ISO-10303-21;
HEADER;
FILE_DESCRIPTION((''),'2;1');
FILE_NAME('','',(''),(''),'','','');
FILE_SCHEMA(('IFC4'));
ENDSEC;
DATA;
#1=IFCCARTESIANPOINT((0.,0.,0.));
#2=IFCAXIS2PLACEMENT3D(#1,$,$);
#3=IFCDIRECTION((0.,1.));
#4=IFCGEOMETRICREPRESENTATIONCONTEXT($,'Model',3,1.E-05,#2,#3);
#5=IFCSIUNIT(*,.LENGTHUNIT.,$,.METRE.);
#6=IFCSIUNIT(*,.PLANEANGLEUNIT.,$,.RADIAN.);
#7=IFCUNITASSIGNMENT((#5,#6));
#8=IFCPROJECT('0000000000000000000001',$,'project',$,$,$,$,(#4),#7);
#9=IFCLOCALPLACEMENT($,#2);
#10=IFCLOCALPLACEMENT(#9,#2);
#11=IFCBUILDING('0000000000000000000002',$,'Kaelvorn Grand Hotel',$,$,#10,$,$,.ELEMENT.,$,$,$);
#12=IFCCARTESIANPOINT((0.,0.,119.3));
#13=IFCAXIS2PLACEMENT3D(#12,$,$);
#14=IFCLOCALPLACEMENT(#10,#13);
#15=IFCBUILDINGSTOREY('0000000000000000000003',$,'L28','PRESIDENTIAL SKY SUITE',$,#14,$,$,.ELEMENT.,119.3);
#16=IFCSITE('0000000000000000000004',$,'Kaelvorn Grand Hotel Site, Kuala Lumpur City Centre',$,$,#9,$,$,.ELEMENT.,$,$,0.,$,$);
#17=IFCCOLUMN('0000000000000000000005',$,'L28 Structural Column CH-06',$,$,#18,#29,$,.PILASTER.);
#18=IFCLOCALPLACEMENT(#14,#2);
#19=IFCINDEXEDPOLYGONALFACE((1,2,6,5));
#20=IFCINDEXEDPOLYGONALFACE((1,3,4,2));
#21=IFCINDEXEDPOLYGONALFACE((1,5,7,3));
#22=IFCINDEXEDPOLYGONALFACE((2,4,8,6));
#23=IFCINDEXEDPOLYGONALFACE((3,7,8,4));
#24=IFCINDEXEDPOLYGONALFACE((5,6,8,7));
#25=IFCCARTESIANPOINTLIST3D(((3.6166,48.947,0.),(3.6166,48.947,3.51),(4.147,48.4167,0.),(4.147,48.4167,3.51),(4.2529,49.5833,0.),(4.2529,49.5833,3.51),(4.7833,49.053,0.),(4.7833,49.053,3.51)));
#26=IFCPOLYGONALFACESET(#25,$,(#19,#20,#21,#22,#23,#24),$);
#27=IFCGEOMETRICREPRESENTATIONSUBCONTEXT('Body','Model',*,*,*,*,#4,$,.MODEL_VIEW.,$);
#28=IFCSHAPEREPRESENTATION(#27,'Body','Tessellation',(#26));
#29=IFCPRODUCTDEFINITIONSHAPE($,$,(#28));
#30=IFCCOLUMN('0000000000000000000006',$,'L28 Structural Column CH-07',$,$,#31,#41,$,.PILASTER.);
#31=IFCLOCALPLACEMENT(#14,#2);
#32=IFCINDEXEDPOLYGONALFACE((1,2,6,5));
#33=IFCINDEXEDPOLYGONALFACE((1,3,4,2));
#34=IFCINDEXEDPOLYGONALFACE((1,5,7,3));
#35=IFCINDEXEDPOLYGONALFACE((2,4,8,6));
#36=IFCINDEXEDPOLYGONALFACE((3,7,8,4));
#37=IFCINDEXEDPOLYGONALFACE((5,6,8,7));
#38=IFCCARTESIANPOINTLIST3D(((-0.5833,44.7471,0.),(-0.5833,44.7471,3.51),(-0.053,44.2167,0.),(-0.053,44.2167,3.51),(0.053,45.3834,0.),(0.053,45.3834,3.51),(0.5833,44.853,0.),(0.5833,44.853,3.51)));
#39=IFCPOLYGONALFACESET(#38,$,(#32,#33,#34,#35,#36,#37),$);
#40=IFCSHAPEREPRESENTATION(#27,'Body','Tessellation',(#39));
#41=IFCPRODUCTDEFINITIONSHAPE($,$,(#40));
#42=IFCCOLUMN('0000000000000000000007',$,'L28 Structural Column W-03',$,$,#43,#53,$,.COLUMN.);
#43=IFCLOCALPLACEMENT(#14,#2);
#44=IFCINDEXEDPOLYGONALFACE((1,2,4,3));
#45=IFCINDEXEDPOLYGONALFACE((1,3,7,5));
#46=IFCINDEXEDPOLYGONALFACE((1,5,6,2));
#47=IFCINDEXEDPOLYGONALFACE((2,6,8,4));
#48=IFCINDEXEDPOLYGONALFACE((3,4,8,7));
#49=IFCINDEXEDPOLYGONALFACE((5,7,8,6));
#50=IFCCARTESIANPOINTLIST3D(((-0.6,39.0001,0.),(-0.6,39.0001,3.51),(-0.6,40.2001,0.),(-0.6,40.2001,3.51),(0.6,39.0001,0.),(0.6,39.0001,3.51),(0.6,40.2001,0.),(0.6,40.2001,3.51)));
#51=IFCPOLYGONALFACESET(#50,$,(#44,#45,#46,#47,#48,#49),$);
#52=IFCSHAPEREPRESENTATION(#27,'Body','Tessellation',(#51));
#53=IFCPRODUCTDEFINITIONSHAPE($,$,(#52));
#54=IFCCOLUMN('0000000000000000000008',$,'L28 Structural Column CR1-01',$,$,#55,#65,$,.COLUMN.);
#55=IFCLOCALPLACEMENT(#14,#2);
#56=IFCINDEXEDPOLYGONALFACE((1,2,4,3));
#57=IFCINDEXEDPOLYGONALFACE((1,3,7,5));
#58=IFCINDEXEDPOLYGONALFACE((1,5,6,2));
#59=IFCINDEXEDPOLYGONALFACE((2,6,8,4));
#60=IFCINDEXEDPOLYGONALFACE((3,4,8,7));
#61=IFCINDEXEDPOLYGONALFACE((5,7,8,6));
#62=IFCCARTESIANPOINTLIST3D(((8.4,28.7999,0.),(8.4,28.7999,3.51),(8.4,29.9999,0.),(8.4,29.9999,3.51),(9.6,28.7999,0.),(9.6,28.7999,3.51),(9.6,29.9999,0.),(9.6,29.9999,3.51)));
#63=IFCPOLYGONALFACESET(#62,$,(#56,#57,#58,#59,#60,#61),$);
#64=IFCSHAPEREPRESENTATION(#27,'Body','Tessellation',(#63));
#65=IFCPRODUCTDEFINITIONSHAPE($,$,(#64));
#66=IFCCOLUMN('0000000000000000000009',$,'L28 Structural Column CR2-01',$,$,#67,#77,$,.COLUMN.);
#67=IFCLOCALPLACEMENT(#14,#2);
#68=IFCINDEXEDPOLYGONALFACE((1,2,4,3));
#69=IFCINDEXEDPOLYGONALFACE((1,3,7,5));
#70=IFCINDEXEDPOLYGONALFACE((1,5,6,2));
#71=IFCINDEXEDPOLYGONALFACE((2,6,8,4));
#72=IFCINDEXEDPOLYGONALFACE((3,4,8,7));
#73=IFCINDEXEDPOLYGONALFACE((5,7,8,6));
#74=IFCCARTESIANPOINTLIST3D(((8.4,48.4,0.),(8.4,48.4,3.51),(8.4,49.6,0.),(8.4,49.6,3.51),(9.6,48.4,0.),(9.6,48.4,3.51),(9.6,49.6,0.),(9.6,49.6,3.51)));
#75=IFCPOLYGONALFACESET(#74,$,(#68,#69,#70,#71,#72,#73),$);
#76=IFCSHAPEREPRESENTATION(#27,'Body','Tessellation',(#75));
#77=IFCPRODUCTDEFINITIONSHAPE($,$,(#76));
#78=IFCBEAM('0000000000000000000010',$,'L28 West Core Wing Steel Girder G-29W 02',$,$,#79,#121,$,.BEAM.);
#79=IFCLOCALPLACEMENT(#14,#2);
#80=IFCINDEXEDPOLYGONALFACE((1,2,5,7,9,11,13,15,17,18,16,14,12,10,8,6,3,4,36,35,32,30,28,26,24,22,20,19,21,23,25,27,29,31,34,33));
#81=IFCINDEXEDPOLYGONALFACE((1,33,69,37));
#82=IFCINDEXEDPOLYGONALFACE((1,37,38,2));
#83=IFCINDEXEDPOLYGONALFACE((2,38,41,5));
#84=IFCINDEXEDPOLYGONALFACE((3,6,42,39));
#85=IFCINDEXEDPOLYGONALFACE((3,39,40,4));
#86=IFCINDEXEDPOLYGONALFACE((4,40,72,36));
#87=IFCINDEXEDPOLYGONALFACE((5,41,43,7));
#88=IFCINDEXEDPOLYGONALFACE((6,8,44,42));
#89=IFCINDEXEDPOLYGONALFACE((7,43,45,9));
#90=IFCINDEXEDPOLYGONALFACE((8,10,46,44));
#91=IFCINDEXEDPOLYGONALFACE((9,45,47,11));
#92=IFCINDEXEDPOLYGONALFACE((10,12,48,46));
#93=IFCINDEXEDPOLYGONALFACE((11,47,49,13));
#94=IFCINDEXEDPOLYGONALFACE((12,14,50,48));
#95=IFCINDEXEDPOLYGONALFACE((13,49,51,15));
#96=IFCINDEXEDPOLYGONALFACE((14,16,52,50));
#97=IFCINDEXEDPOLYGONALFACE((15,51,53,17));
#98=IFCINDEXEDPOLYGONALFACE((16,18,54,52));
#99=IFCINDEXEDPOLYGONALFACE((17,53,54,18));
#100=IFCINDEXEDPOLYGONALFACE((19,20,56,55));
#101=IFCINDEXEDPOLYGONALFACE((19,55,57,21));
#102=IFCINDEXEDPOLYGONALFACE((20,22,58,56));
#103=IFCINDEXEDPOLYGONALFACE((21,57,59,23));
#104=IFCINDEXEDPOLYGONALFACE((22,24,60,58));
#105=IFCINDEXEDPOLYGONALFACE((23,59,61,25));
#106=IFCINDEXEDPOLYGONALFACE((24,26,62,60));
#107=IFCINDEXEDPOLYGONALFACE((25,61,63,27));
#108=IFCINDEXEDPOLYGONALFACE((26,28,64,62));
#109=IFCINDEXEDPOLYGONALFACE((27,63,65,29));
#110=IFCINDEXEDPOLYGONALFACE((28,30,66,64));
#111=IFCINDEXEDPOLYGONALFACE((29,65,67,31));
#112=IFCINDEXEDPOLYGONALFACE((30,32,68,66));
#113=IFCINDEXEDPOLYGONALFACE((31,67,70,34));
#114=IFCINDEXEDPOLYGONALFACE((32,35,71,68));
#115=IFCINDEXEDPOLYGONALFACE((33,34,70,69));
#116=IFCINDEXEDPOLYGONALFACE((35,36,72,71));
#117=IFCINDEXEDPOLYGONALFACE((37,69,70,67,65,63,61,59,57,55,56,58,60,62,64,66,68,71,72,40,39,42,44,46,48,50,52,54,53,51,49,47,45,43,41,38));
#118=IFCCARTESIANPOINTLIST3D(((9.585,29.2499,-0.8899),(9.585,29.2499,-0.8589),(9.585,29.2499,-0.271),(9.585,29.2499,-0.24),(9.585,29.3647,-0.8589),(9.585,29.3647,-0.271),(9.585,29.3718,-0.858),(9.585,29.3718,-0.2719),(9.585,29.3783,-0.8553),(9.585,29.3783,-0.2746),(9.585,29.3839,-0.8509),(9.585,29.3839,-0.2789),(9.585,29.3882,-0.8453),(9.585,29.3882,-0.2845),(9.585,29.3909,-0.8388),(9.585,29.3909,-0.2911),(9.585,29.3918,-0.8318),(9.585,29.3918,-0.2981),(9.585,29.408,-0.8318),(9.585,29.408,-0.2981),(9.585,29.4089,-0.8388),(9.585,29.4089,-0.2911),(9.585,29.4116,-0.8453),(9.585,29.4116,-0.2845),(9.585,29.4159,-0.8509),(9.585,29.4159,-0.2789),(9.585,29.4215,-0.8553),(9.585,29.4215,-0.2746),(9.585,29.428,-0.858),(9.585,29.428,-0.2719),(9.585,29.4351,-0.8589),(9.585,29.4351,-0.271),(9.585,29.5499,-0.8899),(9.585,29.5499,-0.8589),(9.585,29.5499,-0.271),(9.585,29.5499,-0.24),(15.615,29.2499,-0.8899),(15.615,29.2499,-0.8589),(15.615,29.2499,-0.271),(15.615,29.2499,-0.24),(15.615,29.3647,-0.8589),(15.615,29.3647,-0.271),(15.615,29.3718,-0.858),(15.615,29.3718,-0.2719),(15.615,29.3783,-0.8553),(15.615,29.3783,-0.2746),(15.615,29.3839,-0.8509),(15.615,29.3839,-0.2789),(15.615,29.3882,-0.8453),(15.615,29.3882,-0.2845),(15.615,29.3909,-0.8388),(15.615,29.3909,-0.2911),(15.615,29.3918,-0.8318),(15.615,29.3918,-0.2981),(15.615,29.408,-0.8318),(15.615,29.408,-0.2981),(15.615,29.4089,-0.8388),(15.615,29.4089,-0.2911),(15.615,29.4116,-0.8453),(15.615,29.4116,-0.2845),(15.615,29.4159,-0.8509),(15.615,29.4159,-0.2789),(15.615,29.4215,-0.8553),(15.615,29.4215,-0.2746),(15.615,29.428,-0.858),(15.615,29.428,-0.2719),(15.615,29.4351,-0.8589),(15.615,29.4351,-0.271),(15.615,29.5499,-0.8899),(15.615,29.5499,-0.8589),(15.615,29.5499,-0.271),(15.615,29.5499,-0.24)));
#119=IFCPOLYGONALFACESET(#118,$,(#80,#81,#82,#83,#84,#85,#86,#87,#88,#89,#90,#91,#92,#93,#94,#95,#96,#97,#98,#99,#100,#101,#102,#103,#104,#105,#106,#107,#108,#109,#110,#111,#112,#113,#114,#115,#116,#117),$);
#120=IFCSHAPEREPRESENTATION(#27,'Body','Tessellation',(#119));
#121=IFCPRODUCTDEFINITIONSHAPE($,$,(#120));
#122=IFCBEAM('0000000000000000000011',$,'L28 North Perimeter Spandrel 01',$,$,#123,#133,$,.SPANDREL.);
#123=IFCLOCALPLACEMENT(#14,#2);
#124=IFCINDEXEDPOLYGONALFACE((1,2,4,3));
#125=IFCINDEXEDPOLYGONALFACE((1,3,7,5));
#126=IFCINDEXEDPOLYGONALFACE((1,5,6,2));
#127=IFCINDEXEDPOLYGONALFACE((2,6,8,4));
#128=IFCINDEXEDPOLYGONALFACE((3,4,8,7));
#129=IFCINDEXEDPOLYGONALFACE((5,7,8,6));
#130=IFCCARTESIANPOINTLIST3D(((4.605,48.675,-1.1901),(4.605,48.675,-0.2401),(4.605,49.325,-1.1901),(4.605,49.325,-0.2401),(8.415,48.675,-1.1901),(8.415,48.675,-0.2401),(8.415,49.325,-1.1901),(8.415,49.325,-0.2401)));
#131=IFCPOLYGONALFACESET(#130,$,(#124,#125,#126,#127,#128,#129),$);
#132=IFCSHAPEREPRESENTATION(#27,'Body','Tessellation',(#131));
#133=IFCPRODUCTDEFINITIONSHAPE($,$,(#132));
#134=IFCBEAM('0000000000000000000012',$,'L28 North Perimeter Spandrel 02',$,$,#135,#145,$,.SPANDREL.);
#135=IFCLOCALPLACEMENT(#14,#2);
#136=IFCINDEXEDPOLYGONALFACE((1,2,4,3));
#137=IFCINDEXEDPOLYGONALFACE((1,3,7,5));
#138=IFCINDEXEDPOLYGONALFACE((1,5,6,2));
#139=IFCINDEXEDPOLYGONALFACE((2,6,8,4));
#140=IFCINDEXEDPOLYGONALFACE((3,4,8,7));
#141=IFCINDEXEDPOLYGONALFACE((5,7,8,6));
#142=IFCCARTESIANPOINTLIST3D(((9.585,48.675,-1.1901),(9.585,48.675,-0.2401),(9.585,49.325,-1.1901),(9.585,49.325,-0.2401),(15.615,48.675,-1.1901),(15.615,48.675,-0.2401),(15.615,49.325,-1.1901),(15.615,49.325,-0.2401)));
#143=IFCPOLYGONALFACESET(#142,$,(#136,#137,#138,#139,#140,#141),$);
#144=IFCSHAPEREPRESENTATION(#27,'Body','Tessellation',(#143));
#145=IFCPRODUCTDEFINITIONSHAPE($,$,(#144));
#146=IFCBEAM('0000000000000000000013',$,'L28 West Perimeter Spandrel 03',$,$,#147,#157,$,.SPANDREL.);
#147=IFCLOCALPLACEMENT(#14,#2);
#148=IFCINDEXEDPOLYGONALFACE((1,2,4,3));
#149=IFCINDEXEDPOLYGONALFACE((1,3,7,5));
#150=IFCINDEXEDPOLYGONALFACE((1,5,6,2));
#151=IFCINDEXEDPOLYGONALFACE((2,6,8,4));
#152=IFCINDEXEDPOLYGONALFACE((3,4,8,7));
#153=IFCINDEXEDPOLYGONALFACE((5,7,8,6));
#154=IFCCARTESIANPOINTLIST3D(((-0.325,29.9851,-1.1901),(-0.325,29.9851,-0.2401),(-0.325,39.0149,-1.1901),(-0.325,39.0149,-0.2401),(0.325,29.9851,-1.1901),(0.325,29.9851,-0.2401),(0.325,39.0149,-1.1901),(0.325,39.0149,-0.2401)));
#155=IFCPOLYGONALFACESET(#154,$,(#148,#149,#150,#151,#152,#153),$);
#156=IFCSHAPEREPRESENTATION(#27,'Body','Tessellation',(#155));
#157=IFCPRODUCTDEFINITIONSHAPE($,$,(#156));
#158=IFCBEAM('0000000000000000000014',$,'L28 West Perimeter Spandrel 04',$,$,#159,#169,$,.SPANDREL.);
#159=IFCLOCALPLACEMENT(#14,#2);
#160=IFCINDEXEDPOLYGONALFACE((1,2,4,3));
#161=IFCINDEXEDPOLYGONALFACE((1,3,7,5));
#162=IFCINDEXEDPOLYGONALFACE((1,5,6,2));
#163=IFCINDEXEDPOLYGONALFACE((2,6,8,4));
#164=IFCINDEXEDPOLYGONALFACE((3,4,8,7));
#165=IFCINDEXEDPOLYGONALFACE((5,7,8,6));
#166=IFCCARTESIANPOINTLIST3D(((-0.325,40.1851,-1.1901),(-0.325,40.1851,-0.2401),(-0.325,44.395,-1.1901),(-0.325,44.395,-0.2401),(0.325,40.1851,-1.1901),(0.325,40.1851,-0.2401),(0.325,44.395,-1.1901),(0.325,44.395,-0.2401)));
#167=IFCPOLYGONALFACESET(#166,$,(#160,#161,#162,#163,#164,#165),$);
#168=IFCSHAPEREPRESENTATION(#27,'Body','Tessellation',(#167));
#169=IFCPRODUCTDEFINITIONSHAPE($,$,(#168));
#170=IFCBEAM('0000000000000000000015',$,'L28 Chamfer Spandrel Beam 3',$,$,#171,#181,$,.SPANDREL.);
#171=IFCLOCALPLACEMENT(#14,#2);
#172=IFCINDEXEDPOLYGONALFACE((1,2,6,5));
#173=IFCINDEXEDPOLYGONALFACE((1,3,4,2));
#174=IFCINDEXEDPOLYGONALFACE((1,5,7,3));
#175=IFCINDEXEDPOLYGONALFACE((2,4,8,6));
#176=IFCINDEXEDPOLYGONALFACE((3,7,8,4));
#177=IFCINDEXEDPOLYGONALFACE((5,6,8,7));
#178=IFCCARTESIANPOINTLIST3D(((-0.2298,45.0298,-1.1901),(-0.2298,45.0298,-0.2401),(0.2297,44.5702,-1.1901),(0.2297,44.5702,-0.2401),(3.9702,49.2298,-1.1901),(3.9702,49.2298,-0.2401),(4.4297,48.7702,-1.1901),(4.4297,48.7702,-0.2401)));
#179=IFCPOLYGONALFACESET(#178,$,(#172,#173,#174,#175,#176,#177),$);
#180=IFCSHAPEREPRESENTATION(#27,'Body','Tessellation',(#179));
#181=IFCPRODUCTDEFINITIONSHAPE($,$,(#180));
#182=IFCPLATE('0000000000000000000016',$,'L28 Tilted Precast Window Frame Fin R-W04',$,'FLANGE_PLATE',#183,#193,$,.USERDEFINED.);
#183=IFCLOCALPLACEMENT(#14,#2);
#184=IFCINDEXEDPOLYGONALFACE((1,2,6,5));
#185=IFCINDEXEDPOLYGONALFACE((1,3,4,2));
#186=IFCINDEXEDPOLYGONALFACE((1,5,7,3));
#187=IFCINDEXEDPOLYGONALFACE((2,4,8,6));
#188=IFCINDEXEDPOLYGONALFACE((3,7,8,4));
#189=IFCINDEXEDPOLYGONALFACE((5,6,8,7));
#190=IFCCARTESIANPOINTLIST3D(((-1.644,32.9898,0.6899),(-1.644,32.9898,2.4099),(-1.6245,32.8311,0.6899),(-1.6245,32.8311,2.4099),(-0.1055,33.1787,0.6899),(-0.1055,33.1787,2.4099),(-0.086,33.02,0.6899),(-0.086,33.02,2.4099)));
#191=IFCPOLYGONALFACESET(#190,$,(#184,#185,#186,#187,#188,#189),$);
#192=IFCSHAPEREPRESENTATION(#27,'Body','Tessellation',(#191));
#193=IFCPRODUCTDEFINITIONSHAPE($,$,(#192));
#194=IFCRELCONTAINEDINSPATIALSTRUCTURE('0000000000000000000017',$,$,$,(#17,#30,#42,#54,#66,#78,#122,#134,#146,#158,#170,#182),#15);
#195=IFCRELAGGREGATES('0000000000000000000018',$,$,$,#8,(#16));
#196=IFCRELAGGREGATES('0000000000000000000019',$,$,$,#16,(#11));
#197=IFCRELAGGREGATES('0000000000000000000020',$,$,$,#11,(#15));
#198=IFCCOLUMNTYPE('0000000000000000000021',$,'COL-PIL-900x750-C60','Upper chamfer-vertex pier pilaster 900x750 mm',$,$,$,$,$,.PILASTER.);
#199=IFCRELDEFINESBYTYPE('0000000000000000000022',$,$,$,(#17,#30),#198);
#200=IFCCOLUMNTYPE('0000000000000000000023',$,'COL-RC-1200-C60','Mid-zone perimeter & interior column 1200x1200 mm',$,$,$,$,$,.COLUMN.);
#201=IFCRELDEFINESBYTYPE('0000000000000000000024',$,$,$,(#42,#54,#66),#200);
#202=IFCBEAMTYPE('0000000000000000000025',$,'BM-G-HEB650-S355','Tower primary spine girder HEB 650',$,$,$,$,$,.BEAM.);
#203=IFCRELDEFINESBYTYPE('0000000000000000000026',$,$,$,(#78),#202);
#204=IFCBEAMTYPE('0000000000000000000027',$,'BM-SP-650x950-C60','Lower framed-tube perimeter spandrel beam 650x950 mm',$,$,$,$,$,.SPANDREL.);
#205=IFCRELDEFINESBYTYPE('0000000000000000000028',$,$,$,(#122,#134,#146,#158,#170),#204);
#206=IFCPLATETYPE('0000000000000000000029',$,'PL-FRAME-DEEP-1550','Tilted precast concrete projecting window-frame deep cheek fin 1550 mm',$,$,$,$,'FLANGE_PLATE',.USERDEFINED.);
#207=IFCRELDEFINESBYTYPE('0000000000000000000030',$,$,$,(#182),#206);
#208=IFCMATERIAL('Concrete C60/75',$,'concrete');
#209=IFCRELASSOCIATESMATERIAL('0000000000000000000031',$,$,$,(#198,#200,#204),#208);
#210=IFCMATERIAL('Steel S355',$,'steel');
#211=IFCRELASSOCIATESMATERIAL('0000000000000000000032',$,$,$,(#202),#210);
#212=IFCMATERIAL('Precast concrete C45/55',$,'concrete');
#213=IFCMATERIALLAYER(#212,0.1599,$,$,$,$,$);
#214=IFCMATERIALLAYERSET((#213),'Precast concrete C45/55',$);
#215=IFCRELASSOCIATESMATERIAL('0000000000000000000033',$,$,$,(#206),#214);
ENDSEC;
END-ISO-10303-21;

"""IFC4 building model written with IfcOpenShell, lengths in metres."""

from ifc_helpers import new_model, si_unit, direction, frame, origin, origin_2d, place, context, subcontext, project, spatial, rectangle, i_section, extrude, material, layer, layer_set, material_profile, profile_set, type_object, element, save


model = new_model("IFC4")

# Units and contexts
model_context = context("Model", 3, precision=1e-05, world=origin(), true_north=direction((0.0, 1.0)))
body_context = subcontext(model_context, "Body", "Model", "MODEL_VIEW")
ifc_project = project(units=[si_unit("LENGTHUNIT", "METRE"), si_unit("PLANEANGLEUNIT", "RADIAN")], contexts=[model_context])

# Site, building, storey
site_placement = place(None, origin())
site = spatial("IfcSite", under=ifc_project, at=site_placement, Name="Kaelvorn Grand Hotel Site, Kuala Lumpur City Centre", CompositionType="ELEMENT", RefElevation=0.0)
building_placement = place(site_placement, origin())
building = spatial("IfcBuilding", under=site, at=building_placement, Name="Kaelvorn Grand Hotel", CompositionType="ELEMENT")
storey_placement = place(building_placement, frame((0.0, 0.0, 119.3)))
storey = spatial("IfcBuildingStorey", under=building, at=storey_placement, Name="L28", Description="PRESIDENTIAL SKY SUITE", CompositionType="ELEMENT", Elevation=119.3)

# Columns
ifc_material_1 = material(Name="Concrete C60/75", Category="concrete")
ifc_material_profile_1 = material_profile(ifc_material_1, rectangle(XDim=0.8999, YDim=0.75, at=origin_2d()), Name="RC PILASTER 900x750")
ifc_profile_set_1 = profile_set([ifc_material_profile_1], Name="Concrete C60/75")
column_type_1 = type_object("IfcColumnType", Name="COL-PIL-900x750-C60", Description="Upper chamfer-vertex pier pilaster 900x750 mm", PredefinedType="PILASTER", material=ifc_profile_set_1)
for number, where, z_axis, x_axis, name in (
    (1, (4.2, 49.0, 0.0), (0.0, 0.0, 1.0), (0.707107, 0.707107, 0.0), "L28 Structural Column CH-06"),
    (2, (0.0, 44.8, 0.0), (0.0, 0.0, 1.0), (0.707107, 0.707107, 0.0), "L28 Structural Column CH-07"),
):
    element("IfcColumn", number, at=place(storey_placement, frame(where, z_axis=z_axis, x_axis=x_axis)), inside=storey, type_object=column_type_1, Name=name, PredefinedType="PILASTER", context=body_context, shape_type="SweptSolid", body=[
        extrude(rectangle(XDim=0.8999, YDim=0.75, at=origin_2d()), origin(), (0.0, 0.0, 1.0), 3.51),
    ])
ifc_material_profile_2 = material_profile(ifc_material_1, rectangle(XDim=1.2, YDim=1.2, at=origin_2d()), Name="RC COL 1200x1200")
ifc_profile_set_2 = profile_set([ifc_material_profile_2], Name="Concrete C60/75")
column_type_2 = type_object("IfcColumnType", Name="COL-RC-1200-C60", Description="Mid-zone perimeter & interior column 1200x1200 mm", PredefinedType="COLUMN", material=ifc_profile_set_2)
for number, where, z_axis, x_axis, name in (
    (3, (0.0, 39.6001, 0.0), (0.0, 0.0, 1.0), (1.0, 0.0, 0.0), "L28 Structural Column W-03"),
    (4, (9.0, 29.3999, 0.0), (0.0, 0.0, 1.0), (1.0, 0.0, 0.0), "L28 Structural Column CR1-01"),
    (5, (9.0, 49.0, 0.0), (0.0, 0.0, 1.0), (1.0, 0.0, 0.0), "L28 Structural Column CR2-01"),
):
    element("IfcColumn", number, at=place(storey_placement, frame(where, z_axis=z_axis, x_axis=x_axis)), inside=storey, type_object=column_type_2, Name=name, PredefinedType="COLUMN", context=body_context, shape_type="SweptSolid", body=[
        extrude(rectangle(XDim=1.2, YDim=1.2, at=origin_2d()), origin(), (0.0, 0.0, 1.0), 3.51),
    ])

# Beams
ifc_material_2 = material(Name="Steel S355", Category="steel")
ifc_material_profile_3 = material_profile(ifc_material_2, i_section(OverallWidth=0.3, OverallDepth=0.6499, WebThickness=0.0161, FlangeThickness=0.031, FilletRadius=0.0271, at=origin_2d()), Name="HEB 650")
ifc_profile_set_3 = profile_set([ifc_material_profile_3], Name="Steel S355")
beam_type_1 = type_object("IfcBeamType", Name="BM-G-HEB650-S355", Description="Tower primary spine girder HEB 650", PredefinedType="BEAM", material=ifc_profile_set_3)
beam_1_placement = place(storey_placement, frame((9.585, 29.3999, -0.5649), z_axis=(1.0, 0.0, 0.0), x_axis=(0.0, 1.0, 0.0)))
element("IfcBeam", 6, at=beam_1_placement, inside=storey, type_object=beam_type_1, Name="L28 West Core Wing Steel Girder G-29W 02", PredefinedType="BEAM", context=body_context, shape_type="SweptSolid", body=[
    extrude(i_section(OverallWidth=0.3, OverallDepth=0.6499, WebThickness=0.0161, FlangeThickness=0.031, FilletRadius=0.0271, at=origin_2d()), origin(), (0.0, 0.0, 1.0), 6.03),
])
ifc_material_profile_4 = material_profile(ifc_material_1, rectangle(XDim=0.6499, YDim=0.95, at=origin_2d()), Name="RC SPANDREL 650x950")
ifc_profile_set_4 = profile_set([ifc_material_profile_4], Name="Concrete C60/75")
beam_type_2 = type_object("IfcBeamType", Name="BM-SP-650x950-C60", Description="Lower framed-tube perimeter spandrel beam 650x950 mm", PredefinedType="SPANDREL", material=ifc_profile_set_4)
beam_2_placement = place(storey_placement, frame((4.605, 49.0, -0.7151), z_axis=(1.0, 0.0, 0.0), x_axis=(0.0, 1.0, 0.0)))
element("IfcBeam", 7, at=beam_2_placement, inside=storey, type_object=beam_type_2, Name="L28 North Perimeter Spandrel 01", PredefinedType="SPANDREL", context=body_context, shape_type="SweptSolid", body=[
    extrude(rectangle(XDim=0.6499, YDim=0.95, at=origin_2d()), origin(), (0.0, 0.0, 1.0), 3.8101),
])
beam_3_placement = place(storey_placement, frame((9.585, 49.0, -0.7151), z_axis=(1.0, 0.0, 0.0), x_axis=(0.0, 1.0, 0.0)))
element("IfcBeam", 8, at=beam_3_placement, inside=storey, type_object=beam_type_2, Name="L28 North Perimeter Spandrel 02", PredefinedType="SPANDREL", context=body_context, shape_type="SweptSolid", body=[
    extrude(rectangle(XDim=0.6499, YDim=0.95, at=origin_2d()), origin(), (0.0, 0.0, 1.0), 6.03),
])
beam_4_placement = place(storey_placement, frame((0.0, 29.9851, -0.7151), z_axis=(0.0, 1.0, 0.0), x_axis=(-1.0, 0.0, 0.0)))
element("IfcBeam", 9, at=beam_4_placement, inside=storey, type_object=beam_type_2, Name="L28 West Perimeter Spandrel 03", PredefinedType="SPANDREL", context=body_context, shape_type="SweptSolid", body=[
    extrude(rectangle(XDim=0.6499, YDim=0.95, at=origin_2d()), origin(), (0.0, 0.0, 1.0), 9.0298),
])
beam_5_placement = place(storey_placement, frame((0.0, 40.1851, -0.7151), z_axis=(0.0, 1.0, 0.0), x_axis=(-1.0, 0.0, 0.0)))
element("IfcBeam", 10, at=beam_5_placement, inside=storey, type_object=beam_type_2, Name="L28 West Perimeter Spandrel 04", PredefinedType="SPANDREL", context=body_context, shape_type="SweptSolid", body=[
    extrude(rectangle(XDim=0.6499, YDim=0.95, at=origin_2d()), origin(), (0.0, 0.0, 1.0), 4.21),
])
beam_6_placement = place(storey_placement, frame((4.2, 49.0, -0.7151), z_axis=(-0.707107, -0.707107, 0.0), x_axis=(0.707107, -0.707107, 0.0)))
element("IfcBeam", 11, at=beam_6_placement, inside=storey, type_object=beam_type_2, Name="L28 Chamfer Spandrel Beam 3", PredefinedType="SPANDREL", context=body_context, shape_type="SweptSolid", body=[
    extrude(rectangle(XDim=0.6499, YDim=0.95, at=origin_2d()), origin(), (0.0, 0.0, 1.0), 5.9397),
])

# Plate
ifc_material_3 = material(Name="Precast concrete C45/55", Category="concrete")
ifc_layer_1 = layer(ifc_material_3, 0.1599)
ifc_layer_set_1 = layer_set([ifc_layer_1], Name="Precast concrete C45/55")
plate_type_1 = type_object("IfcPlateType", Name="PL-FRAME-DEEP-1550", Description="Tilted precast concrete projecting window-frame deep cheek fin 1550 mm", ElementType="FLANGE_PLATE", PredefinedType="USERDEFINED", material=ifc_layer_set_1)
for number, where, z_axis, x_axis, name in (
    (12, (-0.865, 33.0049, 0.6899), (0.0, 0.0, 1.0), (-0.121869, 0.992546, 0.0), "L28 Tilted Precast Window Frame Fin R-W04"),
):
    element("IfcPlate", number, at=place(storey_placement, frame(where, z_axis=z_axis, x_axis=x_axis)), inside=storey, type_object=plate_type_1, Name=name, ObjectType="FLANGE_PLATE", PredefinedType="USERDEFINED", context=body_context, shape_type="SweptSolid", body=[
        extrude(rectangle(XDim=0.1599, YDim=1.55, at=origin_2d()), origin(), (0.0, 0.0, 1.0), 1.72),
    ])

save(model, "model.ifc")
